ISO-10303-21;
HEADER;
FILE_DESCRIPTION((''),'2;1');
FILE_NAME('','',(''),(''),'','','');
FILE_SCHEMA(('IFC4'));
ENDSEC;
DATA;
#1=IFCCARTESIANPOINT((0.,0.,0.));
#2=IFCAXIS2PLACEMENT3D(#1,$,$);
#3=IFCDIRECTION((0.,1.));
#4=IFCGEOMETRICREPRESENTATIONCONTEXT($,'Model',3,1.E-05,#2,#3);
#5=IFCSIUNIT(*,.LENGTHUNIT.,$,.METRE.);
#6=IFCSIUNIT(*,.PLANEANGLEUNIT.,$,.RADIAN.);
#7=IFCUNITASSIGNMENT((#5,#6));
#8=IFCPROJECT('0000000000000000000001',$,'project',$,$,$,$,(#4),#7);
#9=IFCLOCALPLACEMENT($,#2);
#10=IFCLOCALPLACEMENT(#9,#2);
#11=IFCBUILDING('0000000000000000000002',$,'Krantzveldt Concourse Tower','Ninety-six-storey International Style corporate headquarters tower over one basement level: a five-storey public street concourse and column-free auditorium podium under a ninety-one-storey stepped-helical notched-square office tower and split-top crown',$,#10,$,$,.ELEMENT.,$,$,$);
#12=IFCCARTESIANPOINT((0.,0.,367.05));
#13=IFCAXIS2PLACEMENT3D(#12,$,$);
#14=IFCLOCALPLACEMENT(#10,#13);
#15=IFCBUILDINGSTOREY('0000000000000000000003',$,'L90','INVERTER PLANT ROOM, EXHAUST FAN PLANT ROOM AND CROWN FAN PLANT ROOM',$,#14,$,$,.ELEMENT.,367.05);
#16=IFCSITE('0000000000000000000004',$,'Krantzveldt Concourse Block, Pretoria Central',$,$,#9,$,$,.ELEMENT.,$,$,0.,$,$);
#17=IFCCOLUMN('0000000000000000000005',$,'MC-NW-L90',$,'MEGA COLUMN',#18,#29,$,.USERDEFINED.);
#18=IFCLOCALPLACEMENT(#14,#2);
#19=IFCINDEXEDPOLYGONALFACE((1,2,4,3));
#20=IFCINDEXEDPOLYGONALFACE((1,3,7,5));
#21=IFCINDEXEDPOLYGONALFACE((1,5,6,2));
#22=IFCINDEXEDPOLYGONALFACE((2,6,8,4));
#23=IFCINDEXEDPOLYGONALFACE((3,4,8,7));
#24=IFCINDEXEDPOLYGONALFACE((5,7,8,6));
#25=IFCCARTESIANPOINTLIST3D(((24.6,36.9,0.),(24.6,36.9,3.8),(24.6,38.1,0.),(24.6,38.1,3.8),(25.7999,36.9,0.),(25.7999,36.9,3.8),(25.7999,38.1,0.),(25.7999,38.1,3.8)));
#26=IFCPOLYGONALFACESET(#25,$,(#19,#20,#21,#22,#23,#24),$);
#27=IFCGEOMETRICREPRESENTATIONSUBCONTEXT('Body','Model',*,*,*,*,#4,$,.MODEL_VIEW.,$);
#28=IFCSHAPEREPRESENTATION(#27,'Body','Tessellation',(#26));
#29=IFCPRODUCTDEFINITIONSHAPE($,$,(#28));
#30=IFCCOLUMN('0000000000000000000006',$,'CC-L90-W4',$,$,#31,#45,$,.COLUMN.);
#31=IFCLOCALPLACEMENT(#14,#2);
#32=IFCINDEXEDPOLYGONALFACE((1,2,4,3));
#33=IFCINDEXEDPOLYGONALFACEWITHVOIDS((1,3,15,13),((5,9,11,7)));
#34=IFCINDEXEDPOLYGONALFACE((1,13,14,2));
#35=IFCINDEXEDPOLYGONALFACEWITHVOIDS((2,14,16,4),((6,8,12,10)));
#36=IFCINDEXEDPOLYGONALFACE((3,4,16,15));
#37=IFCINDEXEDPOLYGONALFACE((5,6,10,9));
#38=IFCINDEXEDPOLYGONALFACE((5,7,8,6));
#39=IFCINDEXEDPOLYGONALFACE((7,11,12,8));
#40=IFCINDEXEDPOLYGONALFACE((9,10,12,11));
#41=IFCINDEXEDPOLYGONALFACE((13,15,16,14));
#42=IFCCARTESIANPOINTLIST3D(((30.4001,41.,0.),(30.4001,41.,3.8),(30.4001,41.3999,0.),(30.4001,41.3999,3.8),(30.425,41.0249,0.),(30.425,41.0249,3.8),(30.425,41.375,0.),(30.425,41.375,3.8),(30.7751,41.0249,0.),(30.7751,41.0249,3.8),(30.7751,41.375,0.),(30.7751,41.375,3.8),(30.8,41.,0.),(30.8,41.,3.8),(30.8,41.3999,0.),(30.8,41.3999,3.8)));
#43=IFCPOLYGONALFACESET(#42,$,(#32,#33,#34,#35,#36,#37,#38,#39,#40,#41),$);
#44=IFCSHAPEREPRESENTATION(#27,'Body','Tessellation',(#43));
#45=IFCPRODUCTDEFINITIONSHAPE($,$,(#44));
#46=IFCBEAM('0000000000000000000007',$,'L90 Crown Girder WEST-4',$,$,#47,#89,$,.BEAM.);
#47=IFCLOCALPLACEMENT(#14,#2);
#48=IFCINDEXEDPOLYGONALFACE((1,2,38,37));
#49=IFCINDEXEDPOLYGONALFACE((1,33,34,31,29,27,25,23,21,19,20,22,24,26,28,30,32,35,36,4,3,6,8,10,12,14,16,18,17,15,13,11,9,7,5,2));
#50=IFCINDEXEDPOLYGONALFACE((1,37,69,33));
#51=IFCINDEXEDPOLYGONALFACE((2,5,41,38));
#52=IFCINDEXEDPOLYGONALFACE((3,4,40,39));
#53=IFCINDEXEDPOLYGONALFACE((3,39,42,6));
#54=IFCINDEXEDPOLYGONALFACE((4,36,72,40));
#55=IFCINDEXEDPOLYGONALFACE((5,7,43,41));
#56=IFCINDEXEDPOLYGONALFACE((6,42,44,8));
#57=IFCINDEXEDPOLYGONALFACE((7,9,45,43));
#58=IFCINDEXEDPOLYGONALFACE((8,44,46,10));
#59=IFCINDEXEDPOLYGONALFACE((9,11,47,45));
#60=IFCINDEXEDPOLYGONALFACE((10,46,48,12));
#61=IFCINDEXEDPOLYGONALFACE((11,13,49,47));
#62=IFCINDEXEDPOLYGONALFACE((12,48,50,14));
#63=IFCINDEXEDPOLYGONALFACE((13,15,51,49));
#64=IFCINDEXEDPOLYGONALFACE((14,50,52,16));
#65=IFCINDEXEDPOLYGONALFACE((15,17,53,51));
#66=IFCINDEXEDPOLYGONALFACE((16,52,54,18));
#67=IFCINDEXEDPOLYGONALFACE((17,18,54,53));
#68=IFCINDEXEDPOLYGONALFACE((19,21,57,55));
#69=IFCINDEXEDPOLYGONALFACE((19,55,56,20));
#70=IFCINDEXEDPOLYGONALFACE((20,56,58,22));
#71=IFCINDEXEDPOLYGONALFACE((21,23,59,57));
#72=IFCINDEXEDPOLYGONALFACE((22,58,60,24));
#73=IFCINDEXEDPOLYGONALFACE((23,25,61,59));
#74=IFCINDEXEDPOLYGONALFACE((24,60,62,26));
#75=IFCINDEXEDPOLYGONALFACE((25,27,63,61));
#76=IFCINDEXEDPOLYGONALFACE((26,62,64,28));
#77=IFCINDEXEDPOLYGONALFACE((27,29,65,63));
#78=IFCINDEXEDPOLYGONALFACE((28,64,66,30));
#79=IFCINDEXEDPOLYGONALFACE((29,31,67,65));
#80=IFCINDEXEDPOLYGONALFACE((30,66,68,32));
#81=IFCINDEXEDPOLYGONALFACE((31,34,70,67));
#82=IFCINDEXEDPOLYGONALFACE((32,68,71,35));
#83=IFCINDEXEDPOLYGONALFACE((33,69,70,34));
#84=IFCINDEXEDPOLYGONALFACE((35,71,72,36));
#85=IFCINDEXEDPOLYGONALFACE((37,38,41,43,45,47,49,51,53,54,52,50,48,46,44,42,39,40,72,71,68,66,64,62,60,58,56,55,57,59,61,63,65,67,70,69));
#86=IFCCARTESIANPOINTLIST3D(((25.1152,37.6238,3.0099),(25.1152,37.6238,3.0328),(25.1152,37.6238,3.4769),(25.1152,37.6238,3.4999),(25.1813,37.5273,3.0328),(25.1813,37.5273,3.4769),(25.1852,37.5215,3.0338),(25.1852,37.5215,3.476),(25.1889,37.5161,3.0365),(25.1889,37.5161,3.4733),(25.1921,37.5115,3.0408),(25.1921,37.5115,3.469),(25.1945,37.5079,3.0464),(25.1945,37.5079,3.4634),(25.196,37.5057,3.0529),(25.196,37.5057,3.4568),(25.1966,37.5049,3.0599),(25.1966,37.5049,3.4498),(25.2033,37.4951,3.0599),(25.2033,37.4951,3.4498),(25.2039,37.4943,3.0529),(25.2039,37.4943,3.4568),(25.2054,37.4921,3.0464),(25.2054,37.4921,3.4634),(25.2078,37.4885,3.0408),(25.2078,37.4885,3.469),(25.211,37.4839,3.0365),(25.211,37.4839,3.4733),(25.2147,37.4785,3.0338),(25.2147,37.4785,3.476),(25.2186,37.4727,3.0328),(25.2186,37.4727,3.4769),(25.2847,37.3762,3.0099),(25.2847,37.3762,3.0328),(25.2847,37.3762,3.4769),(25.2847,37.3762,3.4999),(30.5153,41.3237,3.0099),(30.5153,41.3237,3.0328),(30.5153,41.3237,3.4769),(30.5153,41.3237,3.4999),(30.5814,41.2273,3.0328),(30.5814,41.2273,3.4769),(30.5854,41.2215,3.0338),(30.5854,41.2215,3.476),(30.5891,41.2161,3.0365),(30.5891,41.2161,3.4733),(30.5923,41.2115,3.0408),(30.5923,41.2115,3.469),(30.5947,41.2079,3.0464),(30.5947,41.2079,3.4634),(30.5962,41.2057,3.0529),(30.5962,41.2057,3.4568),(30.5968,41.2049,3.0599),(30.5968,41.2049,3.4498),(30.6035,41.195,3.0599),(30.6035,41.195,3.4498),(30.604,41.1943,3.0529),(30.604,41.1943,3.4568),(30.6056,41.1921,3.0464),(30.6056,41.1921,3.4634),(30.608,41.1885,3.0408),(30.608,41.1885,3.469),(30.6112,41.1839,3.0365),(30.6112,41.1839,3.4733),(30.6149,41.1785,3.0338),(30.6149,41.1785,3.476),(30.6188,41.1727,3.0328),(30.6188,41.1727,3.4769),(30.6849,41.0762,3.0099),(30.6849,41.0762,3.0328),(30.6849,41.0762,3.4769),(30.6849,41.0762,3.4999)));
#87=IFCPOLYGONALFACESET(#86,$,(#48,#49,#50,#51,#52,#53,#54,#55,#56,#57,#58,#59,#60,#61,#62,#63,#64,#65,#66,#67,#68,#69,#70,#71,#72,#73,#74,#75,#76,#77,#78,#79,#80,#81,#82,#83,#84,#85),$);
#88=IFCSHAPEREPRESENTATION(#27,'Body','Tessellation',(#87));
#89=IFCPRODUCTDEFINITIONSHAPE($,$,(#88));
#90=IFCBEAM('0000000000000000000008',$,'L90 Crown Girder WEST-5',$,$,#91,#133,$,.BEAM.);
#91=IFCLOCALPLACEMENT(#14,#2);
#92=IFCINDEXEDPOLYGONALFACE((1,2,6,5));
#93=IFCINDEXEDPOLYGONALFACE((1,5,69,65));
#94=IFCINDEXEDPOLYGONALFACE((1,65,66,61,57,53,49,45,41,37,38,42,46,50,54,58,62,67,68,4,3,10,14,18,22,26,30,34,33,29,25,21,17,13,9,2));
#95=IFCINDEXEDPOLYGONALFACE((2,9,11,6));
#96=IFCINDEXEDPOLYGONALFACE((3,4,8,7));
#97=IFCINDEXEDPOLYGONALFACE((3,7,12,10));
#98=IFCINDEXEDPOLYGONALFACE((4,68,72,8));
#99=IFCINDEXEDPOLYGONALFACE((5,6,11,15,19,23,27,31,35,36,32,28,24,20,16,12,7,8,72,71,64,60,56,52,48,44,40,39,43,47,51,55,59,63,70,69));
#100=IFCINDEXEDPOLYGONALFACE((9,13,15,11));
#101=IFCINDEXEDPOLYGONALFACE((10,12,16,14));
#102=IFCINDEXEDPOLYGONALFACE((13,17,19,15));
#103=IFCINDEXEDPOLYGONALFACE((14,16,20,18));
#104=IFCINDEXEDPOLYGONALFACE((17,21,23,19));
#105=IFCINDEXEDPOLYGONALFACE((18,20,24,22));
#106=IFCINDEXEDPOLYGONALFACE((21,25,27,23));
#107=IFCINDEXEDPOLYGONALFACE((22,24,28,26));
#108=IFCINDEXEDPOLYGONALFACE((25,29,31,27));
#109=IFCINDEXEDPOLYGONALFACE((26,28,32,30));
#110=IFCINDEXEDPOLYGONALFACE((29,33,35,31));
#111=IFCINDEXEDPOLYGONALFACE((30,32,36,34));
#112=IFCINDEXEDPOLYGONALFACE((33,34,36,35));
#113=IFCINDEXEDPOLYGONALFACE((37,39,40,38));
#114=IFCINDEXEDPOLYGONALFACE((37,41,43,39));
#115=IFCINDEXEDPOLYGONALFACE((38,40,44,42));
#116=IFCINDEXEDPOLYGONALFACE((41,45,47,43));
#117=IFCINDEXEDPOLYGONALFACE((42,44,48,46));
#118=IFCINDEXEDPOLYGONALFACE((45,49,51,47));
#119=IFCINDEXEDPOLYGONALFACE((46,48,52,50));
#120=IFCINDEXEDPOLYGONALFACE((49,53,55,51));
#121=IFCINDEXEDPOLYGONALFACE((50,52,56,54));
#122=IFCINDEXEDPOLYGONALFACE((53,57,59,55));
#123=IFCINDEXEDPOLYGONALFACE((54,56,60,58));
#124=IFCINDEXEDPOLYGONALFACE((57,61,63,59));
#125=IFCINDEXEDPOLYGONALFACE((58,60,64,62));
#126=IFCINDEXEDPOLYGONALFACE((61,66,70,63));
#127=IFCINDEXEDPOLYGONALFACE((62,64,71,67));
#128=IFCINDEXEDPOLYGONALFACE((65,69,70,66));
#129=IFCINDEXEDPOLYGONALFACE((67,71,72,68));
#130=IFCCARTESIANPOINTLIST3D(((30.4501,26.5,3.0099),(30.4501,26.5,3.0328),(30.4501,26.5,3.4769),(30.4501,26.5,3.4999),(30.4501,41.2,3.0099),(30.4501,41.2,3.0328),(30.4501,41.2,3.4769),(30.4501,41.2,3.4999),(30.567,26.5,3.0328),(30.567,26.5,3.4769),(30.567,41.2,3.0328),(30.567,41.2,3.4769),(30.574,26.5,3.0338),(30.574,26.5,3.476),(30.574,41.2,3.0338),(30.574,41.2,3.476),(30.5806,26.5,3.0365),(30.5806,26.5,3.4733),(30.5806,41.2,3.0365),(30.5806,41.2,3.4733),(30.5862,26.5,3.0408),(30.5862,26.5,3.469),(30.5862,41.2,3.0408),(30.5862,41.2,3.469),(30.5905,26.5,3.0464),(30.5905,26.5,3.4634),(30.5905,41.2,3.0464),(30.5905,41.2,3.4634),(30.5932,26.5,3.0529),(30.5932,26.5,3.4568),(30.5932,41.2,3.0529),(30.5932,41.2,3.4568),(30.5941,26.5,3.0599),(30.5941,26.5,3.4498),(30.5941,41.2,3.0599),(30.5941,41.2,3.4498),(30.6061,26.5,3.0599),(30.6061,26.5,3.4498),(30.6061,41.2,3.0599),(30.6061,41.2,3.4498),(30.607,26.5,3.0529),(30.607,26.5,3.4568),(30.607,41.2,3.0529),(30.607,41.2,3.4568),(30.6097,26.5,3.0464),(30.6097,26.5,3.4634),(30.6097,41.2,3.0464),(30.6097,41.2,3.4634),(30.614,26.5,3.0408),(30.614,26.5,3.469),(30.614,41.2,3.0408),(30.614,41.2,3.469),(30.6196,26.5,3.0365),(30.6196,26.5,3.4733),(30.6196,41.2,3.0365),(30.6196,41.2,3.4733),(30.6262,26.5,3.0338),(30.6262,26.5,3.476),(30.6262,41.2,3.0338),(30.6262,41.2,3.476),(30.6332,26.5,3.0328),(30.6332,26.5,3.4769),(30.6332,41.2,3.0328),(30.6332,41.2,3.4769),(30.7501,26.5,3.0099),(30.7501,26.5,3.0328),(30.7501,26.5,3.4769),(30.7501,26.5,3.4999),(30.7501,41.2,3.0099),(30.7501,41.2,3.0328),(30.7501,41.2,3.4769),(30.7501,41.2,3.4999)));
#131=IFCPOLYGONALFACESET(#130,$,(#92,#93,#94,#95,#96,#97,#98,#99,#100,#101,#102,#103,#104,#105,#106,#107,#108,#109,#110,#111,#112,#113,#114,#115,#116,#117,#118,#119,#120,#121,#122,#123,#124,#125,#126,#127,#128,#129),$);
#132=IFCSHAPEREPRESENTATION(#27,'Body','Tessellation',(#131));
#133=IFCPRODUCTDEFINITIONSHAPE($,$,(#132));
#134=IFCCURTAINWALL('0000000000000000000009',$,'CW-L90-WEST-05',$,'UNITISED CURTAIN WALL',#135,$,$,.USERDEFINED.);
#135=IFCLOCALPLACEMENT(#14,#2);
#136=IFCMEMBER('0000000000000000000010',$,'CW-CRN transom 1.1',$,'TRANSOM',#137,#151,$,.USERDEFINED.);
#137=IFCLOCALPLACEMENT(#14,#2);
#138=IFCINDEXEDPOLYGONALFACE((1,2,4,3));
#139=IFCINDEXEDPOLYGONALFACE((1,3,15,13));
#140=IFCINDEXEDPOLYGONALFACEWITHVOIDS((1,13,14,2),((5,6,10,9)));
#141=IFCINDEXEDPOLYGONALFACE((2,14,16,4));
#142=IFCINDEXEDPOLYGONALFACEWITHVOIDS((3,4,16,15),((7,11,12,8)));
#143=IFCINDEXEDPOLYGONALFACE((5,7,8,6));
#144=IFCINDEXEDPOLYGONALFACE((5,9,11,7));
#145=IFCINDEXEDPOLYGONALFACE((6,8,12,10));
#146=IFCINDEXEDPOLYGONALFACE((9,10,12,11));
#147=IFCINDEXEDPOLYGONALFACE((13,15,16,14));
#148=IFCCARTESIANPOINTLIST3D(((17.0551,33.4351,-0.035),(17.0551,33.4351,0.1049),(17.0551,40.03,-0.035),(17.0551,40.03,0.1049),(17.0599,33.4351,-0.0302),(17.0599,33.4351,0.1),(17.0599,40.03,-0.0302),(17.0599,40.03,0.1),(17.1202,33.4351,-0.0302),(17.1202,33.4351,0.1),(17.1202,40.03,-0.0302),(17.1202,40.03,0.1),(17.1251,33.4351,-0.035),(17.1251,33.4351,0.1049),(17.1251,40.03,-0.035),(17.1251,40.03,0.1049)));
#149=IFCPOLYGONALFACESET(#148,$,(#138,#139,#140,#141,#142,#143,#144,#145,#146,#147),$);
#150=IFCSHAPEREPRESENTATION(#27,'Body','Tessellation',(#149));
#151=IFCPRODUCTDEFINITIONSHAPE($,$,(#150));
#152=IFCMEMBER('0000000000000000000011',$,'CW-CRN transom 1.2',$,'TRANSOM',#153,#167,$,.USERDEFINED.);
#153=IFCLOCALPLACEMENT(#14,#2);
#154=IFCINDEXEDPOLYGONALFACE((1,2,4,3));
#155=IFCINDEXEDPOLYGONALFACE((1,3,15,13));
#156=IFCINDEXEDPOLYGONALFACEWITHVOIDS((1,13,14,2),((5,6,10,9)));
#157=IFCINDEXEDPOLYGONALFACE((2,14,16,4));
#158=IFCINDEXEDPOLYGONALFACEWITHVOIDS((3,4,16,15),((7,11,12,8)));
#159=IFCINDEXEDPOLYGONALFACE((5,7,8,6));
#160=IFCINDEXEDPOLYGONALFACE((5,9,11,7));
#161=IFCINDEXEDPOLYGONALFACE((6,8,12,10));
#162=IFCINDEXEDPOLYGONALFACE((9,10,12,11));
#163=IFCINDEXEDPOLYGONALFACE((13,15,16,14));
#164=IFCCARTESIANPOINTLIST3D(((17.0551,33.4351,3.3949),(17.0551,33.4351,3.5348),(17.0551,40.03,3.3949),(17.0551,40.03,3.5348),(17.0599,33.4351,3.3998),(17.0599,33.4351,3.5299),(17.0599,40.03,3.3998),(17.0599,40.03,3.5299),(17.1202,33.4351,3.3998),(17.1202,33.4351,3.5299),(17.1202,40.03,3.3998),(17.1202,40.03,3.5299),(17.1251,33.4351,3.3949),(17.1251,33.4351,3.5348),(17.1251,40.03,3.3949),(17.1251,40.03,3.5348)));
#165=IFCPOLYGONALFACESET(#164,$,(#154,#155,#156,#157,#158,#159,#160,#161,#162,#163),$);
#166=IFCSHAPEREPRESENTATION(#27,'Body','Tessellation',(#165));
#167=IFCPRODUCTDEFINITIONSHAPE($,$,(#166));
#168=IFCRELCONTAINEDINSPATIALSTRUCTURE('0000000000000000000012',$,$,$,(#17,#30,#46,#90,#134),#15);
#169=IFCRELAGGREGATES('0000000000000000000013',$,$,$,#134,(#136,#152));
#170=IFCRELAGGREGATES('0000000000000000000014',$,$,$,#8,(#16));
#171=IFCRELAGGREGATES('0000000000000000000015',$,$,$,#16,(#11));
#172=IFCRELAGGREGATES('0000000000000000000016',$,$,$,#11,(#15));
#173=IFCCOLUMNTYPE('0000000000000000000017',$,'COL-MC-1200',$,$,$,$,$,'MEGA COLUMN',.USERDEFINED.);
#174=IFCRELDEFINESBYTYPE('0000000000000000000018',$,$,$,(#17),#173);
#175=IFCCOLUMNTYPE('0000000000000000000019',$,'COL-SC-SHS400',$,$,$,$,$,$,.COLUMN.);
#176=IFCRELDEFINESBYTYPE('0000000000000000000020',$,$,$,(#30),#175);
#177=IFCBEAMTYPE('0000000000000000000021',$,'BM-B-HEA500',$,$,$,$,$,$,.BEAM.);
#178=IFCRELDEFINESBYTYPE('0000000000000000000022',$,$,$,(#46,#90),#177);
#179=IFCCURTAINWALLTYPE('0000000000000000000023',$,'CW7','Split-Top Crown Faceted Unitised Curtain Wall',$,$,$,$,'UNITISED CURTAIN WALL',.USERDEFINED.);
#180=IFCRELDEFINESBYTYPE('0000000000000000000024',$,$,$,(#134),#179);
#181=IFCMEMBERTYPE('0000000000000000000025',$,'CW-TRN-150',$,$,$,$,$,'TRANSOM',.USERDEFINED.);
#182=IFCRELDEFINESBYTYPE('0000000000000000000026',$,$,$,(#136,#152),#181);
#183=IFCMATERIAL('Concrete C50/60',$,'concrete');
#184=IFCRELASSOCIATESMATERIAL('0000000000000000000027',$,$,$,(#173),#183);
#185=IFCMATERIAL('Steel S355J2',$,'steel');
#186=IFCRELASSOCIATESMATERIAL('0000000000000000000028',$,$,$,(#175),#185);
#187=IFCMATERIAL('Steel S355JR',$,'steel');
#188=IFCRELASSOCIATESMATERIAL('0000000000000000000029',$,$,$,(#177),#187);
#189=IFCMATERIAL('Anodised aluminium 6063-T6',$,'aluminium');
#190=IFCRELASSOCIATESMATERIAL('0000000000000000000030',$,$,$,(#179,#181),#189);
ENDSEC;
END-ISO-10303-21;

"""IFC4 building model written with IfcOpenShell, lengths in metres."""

from ifc_helpers import new_model, si_unit, direction, frame, origin, origin_2d, place, context, subcontext, project, spatial, rectangle, hollow_rectangle, i_section, extrude, source, transform, mapped, material, material_profile, profile_set, type_object, type_shapes, element, aggregate, save


model = new_model("IFC4")

# Units and contexts
model_context = context("Model", 3, precision=1e-05, world=origin(), true_north=direction((0.0, 1.0)))
body_context = subcontext(model_context, "Body", "Model", "MODEL_VIEW")
ifc_project = project(units=[si_unit("LENGTHUNIT", "METRE"), si_unit("PLANEANGLEUNIT", "RADIAN")], contexts=[model_context])

# Site, building, storey
site_placement = place(None, origin())
site = spatial("IfcSite", under=ifc_project, at=site_placement, Name="Krantzveldt Concourse Block, Pretoria Central", CompositionType="ELEMENT", RefElevation=0.0)
building_placement = place(site_placement, origin())
building = spatial("IfcBuilding", under=site, at=building_placement, Name="Krantzveldt Concourse Tower", Description="Ninety-six-storey International Style corporate headquarters tower over one basement level: a five-storey public street concourse and column-free auditorium podium under a ninety-one-storey stepped-helical notched-square office tower and split-top crown", CompositionType="ELEMENT")
storey_placement = place(building_placement, frame((0.0, 0.0, 367.05)))
storey = spatial("IfcBuildingStorey", under=building, at=storey_placement, Name="L90", Description="INVERTER PLANT ROOM, EXHAUST FAN PLANT ROOM AND CROWN FAN PLANT ROOM", CompositionType="ELEMENT", Elevation=367.05)

# Columns
ifc_material_1 = material(Name="Concrete C50/60", Category="concrete")
ifc_material_profile_1 = material_profile(ifc_material_1, rectangle(XDim=1.2, YDim=1.2, at=origin_2d()), Name="Concrete C50/60", Category="concrete")
ifc_profile_set_1 = profile_set([ifc_material_profile_1], Name="Concrete C50/60 - RC 1200x1200")
column_type_1 = type_object("IfcColumnType", Name="COL-MC-1200", ElementType="MEGA COLUMN", PredefinedType="USERDEFINED", material=ifc_profile_set_1)
shared_shape_1 = source(origin(), body_context, "Body", "SweptSolid", [
    extrude(rectangle(XDim=1.2, YDim=1.2, at=origin_2d()), origin(), (0.0, 0.0, 1.0), 3.8),
])
type_shapes(column_type_1, [shared_shape_1])
column_1_placement = place(storey_placement, frame((25.2, 37.5, 0.0), z_axis=(0.0, 0.0, 1.0), x_axis=(1.0, 0.0, 0.0)))
element("IfcColumn", 1, at=column_1_placement, inside=storey, type_object=column_type_1, Name="MC-NW-L90", ObjectType="MEGA COLUMN", PredefinedType="USERDEFINED", context=body_context, shape_type="MappedRepresentation", body=[
    mapped(shared_shape_1, transform((0.0, 0.0, 0.0), x_axis=(1.0, 0.0, 0.0), y_axis=(0.0, 1.0, 0.0), z_axis=(0.0, 0.0, 1.0), scale=1.0)),
])
ifc_material_2 = material(Name="Steel S355J2", Category="steel")
ifc_material_profile_2 = material_profile(ifc_material_2, hollow_rectangle(XDim=0.3999, YDim=0.3999, WallThickness=0.0249, at=origin_2d()), Name="Steel S355J2", Category="steel")
ifc_profile_set_2 = profile_set([ifc_material_profile_2], Name="Steel S355J2 - SHS 400x400x25")
column_type_2 = type_object("IfcColumnType", Name="COL-SC-SHS400", PredefinedType="COLUMN", material=ifc_profile_set_2)
shared_shape_2 = source(origin(), body_context, "Body", "SweptSolid", [
    extrude(hollow_rectangle(XDim=0.3999, YDim=0.3999, WallThickness=0.0249, at=origin_2d()), origin(), (0.0, 0.0, 1.0), 3.8),
])
type_shapes(column_type_2, [shared_shape_2])
column_2_placement = place(storey_placement, frame((30.6001, 41.2, 0.0), z_axis=(0.0, 0.0, 1.0), x_axis=(1.0, 0.0, 0.0)))
element("IfcColumn", 2, at=column_2_placement, inside=storey, type_object=column_type_2, Name="CC-L90-W4", PredefinedType="COLUMN", context=body_context, shape_type="MappedRepresentation", body=[
    mapped(shared_shape_2, transform((0.0, 0.0, 0.0), x_axis=(1.0, 0.0, 0.0), y_axis=(0.0, 1.0, 0.0), z_axis=(0.0, 0.0, 1.0), scale=1.0)),
])

# Beams
ifc_material_3 = material(Name="Steel S355JR", Category="steel")
ifc_material_profile_3 = material_profile(ifc_material_3, i_section(OverallWidth=0.3, OverallDepth=0.49, WebThickness=0.012, FlangeThickness=0.0229, FilletRadius=0.0271, at=origin_2d()), Name="Steel S355JR", Category="steel")
ifc_profile_set_3 = profile_set([ifc_material_profile_3], Name="Steel S355JR - HEA 500")
beam_type = type_object("IfcBeamType", Name="BM-B-HEA500", PredefinedType="BEAM", material=ifc_profile_set_3)
shared_shape_3 = source(origin(), body_context, "Body", "SweptSolid", [
    extrude(i_section(OverallWidth=0.3, OverallDepth=0.49, WebThickness=0.012, FlangeThickness=0.0229, FilletRadius=0.0271, at=origin_2d()), origin(), (0.0, 0.0, 1.0), 6.5461),
])
beam_1_placement = place(storey_placement, frame((25.2, 37.5, 3.2549), z_axis=(0.824943, 0.565216, 0.0), x_axis=(-0.565216, 0.824943, 0.0)))
element("IfcBeam", 3, at=beam_1_placement, inside=storey, type_object=beam_type, Name="L90 Crown Girder WEST-4", PredefinedType="BEAM", context=body_context, shape_type="MappedRepresentation", body=[
    mapped(shared_shape_3, transform((0.0, 0.0, 0.0), x_axis=(1.0, 0.0, 0.0), y_axis=(0.0, 1.0, 0.0), z_axis=(0.0, 0.0, 1.0), scale=1.0)),
])
shared_shape_4 = source(origin(), body_context, "Body", "SweptSolid", [
    extrude(i_section(OverallWidth=0.3, OverallDepth=0.49, WebThickness=0.012, FlangeThickness=0.0229, FilletRadius=0.0271, at=origin_2d()), origin(), (0.0, 0.0, 1.0), 14.7),
])
type_shapes(beam_type, [shared_shape_3, shared_shape_4])
beam_2_placement = place(storey_placement, frame((30.6001, 41.2, 3.2549), z_axis=(0.0, -1.0, 0.0), x_axis=(1.0, 0.0, 0.0)))
element("IfcBeam", 4, at=beam_2_placement, inside=storey, type_object=beam_type, Name="L90 Crown Girder WEST-5", PredefinedType="BEAM", context=body_context, shape_type="MappedRepresentation", body=[
    mapped(shared_shape_4, transform((0.0, 0.0, 0.0), x_axis=(1.0, 0.0, 0.0), y_axis=(0.0, 1.0, 0.0), z_axis=(0.0, 0.0, 1.0), scale=1.0)),
])

# Curtain wall, members
ifc_material_4 = material(Name="Anodised aluminium 6063-T6", Category="aluminium")
curtain_wall_type = type_object("IfcCurtainWallType", Name="CW7", Description="Split-Top Crown Faceted Unitised Curtain Wall", ElementType="UNITISED CURTAIN WALL", PredefinedType="USERDEFINED", material=ifc_material_4)
curtain_wall_1_placement = place(storey_placement, origin())
curtain_wall_1 = element("IfcCurtainWall", 5, at=curtain_wall_1_placement, inside=storey, type_object=curtain_wall_type, Name="CW-L90-WEST-05", ObjectType="UNITISED CURTAIN WALL", PredefinedType="USERDEFINED")
ifc_material_profile_4 = material_profile(ifc_material_4, hollow_rectangle(XDim=0.0701, YDim=0.1399, WallThickness=0.0049, at=origin_2d()), Name="Anodised aluminium 6063-T6", Category="aluminium")
ifc_profile_set_4 = profile_set([ifc_material_profile_4], Name="Anodised aluminium 6063-T6 - ALU-TRAN 140x70x5")
member_type_1 = type_object("IfcMemberType", Name="CW-TRN-150", ElementType="TRANSOM", PredefinedType="USERDEFINED", material=ifc_profile_set_4)
shared_shape_5 = source(origin(), body_context, "Body", "SweptSolid", [
    extrude(hollow_rectangle(XDim=0.0701, YDim=0.1399, WallThickness=0.0049, at=origin_2d()), origin(), (0.0, 0.0, 1.0), 6.595),
])
member_1_placement = place(storey_placement, frame((17.0901, 40.03, 0.0349), z_axis=(0.0, -1.0, 0.0), x_axis=(1.0, 0.0, 0.0)))
member_1 = element("IfcMember", 6, at=member_1_placement, type_object=member_type_1, Name="CW-CRN transom 1.1", ObjectType="TRANSOM", PredefinedType="USERDEFINED", context=body_context, shape_type="MappedRepresentation", body=[
    mapped(shared_shape_5, transform((0.0, 0.0, 0.0), x_axis=(1.0, 0.0, 0.0), y_axis=(0.0, 1.0, 0.0), z_axis=(0.0, 0.0, 1.0), scale=1.0)),
])
member_2_placement = place(storey_placement, frame((17.0901, 40.03, 3.4648), z_axis=(0.0, -1.0, 0.0), x_axis=(1.0, 0.0, 0.0)))
member_2 = element("IfcMember", 7, at=member_2_placement, type_object=member_type_1, Name="CW-CRN transom 1.2", ObjectType="TRANSOM", PredefinedType="USERDEFINED", context=body_context, shape_type="MappedRepresentation", body=[
    mapped(shared_shape_5, transform((0.0, 0.0, 0.0), x_axis=(1.0, 0.0, 0.0), y_axis=(0.0, 1.0, 0.0), z_axis=(0.0, 0.0, 1.0), scale=1.0)),
])

aggregate(curtain_wall_1, [member_1, member_2])

save(model, "model.ifc")
